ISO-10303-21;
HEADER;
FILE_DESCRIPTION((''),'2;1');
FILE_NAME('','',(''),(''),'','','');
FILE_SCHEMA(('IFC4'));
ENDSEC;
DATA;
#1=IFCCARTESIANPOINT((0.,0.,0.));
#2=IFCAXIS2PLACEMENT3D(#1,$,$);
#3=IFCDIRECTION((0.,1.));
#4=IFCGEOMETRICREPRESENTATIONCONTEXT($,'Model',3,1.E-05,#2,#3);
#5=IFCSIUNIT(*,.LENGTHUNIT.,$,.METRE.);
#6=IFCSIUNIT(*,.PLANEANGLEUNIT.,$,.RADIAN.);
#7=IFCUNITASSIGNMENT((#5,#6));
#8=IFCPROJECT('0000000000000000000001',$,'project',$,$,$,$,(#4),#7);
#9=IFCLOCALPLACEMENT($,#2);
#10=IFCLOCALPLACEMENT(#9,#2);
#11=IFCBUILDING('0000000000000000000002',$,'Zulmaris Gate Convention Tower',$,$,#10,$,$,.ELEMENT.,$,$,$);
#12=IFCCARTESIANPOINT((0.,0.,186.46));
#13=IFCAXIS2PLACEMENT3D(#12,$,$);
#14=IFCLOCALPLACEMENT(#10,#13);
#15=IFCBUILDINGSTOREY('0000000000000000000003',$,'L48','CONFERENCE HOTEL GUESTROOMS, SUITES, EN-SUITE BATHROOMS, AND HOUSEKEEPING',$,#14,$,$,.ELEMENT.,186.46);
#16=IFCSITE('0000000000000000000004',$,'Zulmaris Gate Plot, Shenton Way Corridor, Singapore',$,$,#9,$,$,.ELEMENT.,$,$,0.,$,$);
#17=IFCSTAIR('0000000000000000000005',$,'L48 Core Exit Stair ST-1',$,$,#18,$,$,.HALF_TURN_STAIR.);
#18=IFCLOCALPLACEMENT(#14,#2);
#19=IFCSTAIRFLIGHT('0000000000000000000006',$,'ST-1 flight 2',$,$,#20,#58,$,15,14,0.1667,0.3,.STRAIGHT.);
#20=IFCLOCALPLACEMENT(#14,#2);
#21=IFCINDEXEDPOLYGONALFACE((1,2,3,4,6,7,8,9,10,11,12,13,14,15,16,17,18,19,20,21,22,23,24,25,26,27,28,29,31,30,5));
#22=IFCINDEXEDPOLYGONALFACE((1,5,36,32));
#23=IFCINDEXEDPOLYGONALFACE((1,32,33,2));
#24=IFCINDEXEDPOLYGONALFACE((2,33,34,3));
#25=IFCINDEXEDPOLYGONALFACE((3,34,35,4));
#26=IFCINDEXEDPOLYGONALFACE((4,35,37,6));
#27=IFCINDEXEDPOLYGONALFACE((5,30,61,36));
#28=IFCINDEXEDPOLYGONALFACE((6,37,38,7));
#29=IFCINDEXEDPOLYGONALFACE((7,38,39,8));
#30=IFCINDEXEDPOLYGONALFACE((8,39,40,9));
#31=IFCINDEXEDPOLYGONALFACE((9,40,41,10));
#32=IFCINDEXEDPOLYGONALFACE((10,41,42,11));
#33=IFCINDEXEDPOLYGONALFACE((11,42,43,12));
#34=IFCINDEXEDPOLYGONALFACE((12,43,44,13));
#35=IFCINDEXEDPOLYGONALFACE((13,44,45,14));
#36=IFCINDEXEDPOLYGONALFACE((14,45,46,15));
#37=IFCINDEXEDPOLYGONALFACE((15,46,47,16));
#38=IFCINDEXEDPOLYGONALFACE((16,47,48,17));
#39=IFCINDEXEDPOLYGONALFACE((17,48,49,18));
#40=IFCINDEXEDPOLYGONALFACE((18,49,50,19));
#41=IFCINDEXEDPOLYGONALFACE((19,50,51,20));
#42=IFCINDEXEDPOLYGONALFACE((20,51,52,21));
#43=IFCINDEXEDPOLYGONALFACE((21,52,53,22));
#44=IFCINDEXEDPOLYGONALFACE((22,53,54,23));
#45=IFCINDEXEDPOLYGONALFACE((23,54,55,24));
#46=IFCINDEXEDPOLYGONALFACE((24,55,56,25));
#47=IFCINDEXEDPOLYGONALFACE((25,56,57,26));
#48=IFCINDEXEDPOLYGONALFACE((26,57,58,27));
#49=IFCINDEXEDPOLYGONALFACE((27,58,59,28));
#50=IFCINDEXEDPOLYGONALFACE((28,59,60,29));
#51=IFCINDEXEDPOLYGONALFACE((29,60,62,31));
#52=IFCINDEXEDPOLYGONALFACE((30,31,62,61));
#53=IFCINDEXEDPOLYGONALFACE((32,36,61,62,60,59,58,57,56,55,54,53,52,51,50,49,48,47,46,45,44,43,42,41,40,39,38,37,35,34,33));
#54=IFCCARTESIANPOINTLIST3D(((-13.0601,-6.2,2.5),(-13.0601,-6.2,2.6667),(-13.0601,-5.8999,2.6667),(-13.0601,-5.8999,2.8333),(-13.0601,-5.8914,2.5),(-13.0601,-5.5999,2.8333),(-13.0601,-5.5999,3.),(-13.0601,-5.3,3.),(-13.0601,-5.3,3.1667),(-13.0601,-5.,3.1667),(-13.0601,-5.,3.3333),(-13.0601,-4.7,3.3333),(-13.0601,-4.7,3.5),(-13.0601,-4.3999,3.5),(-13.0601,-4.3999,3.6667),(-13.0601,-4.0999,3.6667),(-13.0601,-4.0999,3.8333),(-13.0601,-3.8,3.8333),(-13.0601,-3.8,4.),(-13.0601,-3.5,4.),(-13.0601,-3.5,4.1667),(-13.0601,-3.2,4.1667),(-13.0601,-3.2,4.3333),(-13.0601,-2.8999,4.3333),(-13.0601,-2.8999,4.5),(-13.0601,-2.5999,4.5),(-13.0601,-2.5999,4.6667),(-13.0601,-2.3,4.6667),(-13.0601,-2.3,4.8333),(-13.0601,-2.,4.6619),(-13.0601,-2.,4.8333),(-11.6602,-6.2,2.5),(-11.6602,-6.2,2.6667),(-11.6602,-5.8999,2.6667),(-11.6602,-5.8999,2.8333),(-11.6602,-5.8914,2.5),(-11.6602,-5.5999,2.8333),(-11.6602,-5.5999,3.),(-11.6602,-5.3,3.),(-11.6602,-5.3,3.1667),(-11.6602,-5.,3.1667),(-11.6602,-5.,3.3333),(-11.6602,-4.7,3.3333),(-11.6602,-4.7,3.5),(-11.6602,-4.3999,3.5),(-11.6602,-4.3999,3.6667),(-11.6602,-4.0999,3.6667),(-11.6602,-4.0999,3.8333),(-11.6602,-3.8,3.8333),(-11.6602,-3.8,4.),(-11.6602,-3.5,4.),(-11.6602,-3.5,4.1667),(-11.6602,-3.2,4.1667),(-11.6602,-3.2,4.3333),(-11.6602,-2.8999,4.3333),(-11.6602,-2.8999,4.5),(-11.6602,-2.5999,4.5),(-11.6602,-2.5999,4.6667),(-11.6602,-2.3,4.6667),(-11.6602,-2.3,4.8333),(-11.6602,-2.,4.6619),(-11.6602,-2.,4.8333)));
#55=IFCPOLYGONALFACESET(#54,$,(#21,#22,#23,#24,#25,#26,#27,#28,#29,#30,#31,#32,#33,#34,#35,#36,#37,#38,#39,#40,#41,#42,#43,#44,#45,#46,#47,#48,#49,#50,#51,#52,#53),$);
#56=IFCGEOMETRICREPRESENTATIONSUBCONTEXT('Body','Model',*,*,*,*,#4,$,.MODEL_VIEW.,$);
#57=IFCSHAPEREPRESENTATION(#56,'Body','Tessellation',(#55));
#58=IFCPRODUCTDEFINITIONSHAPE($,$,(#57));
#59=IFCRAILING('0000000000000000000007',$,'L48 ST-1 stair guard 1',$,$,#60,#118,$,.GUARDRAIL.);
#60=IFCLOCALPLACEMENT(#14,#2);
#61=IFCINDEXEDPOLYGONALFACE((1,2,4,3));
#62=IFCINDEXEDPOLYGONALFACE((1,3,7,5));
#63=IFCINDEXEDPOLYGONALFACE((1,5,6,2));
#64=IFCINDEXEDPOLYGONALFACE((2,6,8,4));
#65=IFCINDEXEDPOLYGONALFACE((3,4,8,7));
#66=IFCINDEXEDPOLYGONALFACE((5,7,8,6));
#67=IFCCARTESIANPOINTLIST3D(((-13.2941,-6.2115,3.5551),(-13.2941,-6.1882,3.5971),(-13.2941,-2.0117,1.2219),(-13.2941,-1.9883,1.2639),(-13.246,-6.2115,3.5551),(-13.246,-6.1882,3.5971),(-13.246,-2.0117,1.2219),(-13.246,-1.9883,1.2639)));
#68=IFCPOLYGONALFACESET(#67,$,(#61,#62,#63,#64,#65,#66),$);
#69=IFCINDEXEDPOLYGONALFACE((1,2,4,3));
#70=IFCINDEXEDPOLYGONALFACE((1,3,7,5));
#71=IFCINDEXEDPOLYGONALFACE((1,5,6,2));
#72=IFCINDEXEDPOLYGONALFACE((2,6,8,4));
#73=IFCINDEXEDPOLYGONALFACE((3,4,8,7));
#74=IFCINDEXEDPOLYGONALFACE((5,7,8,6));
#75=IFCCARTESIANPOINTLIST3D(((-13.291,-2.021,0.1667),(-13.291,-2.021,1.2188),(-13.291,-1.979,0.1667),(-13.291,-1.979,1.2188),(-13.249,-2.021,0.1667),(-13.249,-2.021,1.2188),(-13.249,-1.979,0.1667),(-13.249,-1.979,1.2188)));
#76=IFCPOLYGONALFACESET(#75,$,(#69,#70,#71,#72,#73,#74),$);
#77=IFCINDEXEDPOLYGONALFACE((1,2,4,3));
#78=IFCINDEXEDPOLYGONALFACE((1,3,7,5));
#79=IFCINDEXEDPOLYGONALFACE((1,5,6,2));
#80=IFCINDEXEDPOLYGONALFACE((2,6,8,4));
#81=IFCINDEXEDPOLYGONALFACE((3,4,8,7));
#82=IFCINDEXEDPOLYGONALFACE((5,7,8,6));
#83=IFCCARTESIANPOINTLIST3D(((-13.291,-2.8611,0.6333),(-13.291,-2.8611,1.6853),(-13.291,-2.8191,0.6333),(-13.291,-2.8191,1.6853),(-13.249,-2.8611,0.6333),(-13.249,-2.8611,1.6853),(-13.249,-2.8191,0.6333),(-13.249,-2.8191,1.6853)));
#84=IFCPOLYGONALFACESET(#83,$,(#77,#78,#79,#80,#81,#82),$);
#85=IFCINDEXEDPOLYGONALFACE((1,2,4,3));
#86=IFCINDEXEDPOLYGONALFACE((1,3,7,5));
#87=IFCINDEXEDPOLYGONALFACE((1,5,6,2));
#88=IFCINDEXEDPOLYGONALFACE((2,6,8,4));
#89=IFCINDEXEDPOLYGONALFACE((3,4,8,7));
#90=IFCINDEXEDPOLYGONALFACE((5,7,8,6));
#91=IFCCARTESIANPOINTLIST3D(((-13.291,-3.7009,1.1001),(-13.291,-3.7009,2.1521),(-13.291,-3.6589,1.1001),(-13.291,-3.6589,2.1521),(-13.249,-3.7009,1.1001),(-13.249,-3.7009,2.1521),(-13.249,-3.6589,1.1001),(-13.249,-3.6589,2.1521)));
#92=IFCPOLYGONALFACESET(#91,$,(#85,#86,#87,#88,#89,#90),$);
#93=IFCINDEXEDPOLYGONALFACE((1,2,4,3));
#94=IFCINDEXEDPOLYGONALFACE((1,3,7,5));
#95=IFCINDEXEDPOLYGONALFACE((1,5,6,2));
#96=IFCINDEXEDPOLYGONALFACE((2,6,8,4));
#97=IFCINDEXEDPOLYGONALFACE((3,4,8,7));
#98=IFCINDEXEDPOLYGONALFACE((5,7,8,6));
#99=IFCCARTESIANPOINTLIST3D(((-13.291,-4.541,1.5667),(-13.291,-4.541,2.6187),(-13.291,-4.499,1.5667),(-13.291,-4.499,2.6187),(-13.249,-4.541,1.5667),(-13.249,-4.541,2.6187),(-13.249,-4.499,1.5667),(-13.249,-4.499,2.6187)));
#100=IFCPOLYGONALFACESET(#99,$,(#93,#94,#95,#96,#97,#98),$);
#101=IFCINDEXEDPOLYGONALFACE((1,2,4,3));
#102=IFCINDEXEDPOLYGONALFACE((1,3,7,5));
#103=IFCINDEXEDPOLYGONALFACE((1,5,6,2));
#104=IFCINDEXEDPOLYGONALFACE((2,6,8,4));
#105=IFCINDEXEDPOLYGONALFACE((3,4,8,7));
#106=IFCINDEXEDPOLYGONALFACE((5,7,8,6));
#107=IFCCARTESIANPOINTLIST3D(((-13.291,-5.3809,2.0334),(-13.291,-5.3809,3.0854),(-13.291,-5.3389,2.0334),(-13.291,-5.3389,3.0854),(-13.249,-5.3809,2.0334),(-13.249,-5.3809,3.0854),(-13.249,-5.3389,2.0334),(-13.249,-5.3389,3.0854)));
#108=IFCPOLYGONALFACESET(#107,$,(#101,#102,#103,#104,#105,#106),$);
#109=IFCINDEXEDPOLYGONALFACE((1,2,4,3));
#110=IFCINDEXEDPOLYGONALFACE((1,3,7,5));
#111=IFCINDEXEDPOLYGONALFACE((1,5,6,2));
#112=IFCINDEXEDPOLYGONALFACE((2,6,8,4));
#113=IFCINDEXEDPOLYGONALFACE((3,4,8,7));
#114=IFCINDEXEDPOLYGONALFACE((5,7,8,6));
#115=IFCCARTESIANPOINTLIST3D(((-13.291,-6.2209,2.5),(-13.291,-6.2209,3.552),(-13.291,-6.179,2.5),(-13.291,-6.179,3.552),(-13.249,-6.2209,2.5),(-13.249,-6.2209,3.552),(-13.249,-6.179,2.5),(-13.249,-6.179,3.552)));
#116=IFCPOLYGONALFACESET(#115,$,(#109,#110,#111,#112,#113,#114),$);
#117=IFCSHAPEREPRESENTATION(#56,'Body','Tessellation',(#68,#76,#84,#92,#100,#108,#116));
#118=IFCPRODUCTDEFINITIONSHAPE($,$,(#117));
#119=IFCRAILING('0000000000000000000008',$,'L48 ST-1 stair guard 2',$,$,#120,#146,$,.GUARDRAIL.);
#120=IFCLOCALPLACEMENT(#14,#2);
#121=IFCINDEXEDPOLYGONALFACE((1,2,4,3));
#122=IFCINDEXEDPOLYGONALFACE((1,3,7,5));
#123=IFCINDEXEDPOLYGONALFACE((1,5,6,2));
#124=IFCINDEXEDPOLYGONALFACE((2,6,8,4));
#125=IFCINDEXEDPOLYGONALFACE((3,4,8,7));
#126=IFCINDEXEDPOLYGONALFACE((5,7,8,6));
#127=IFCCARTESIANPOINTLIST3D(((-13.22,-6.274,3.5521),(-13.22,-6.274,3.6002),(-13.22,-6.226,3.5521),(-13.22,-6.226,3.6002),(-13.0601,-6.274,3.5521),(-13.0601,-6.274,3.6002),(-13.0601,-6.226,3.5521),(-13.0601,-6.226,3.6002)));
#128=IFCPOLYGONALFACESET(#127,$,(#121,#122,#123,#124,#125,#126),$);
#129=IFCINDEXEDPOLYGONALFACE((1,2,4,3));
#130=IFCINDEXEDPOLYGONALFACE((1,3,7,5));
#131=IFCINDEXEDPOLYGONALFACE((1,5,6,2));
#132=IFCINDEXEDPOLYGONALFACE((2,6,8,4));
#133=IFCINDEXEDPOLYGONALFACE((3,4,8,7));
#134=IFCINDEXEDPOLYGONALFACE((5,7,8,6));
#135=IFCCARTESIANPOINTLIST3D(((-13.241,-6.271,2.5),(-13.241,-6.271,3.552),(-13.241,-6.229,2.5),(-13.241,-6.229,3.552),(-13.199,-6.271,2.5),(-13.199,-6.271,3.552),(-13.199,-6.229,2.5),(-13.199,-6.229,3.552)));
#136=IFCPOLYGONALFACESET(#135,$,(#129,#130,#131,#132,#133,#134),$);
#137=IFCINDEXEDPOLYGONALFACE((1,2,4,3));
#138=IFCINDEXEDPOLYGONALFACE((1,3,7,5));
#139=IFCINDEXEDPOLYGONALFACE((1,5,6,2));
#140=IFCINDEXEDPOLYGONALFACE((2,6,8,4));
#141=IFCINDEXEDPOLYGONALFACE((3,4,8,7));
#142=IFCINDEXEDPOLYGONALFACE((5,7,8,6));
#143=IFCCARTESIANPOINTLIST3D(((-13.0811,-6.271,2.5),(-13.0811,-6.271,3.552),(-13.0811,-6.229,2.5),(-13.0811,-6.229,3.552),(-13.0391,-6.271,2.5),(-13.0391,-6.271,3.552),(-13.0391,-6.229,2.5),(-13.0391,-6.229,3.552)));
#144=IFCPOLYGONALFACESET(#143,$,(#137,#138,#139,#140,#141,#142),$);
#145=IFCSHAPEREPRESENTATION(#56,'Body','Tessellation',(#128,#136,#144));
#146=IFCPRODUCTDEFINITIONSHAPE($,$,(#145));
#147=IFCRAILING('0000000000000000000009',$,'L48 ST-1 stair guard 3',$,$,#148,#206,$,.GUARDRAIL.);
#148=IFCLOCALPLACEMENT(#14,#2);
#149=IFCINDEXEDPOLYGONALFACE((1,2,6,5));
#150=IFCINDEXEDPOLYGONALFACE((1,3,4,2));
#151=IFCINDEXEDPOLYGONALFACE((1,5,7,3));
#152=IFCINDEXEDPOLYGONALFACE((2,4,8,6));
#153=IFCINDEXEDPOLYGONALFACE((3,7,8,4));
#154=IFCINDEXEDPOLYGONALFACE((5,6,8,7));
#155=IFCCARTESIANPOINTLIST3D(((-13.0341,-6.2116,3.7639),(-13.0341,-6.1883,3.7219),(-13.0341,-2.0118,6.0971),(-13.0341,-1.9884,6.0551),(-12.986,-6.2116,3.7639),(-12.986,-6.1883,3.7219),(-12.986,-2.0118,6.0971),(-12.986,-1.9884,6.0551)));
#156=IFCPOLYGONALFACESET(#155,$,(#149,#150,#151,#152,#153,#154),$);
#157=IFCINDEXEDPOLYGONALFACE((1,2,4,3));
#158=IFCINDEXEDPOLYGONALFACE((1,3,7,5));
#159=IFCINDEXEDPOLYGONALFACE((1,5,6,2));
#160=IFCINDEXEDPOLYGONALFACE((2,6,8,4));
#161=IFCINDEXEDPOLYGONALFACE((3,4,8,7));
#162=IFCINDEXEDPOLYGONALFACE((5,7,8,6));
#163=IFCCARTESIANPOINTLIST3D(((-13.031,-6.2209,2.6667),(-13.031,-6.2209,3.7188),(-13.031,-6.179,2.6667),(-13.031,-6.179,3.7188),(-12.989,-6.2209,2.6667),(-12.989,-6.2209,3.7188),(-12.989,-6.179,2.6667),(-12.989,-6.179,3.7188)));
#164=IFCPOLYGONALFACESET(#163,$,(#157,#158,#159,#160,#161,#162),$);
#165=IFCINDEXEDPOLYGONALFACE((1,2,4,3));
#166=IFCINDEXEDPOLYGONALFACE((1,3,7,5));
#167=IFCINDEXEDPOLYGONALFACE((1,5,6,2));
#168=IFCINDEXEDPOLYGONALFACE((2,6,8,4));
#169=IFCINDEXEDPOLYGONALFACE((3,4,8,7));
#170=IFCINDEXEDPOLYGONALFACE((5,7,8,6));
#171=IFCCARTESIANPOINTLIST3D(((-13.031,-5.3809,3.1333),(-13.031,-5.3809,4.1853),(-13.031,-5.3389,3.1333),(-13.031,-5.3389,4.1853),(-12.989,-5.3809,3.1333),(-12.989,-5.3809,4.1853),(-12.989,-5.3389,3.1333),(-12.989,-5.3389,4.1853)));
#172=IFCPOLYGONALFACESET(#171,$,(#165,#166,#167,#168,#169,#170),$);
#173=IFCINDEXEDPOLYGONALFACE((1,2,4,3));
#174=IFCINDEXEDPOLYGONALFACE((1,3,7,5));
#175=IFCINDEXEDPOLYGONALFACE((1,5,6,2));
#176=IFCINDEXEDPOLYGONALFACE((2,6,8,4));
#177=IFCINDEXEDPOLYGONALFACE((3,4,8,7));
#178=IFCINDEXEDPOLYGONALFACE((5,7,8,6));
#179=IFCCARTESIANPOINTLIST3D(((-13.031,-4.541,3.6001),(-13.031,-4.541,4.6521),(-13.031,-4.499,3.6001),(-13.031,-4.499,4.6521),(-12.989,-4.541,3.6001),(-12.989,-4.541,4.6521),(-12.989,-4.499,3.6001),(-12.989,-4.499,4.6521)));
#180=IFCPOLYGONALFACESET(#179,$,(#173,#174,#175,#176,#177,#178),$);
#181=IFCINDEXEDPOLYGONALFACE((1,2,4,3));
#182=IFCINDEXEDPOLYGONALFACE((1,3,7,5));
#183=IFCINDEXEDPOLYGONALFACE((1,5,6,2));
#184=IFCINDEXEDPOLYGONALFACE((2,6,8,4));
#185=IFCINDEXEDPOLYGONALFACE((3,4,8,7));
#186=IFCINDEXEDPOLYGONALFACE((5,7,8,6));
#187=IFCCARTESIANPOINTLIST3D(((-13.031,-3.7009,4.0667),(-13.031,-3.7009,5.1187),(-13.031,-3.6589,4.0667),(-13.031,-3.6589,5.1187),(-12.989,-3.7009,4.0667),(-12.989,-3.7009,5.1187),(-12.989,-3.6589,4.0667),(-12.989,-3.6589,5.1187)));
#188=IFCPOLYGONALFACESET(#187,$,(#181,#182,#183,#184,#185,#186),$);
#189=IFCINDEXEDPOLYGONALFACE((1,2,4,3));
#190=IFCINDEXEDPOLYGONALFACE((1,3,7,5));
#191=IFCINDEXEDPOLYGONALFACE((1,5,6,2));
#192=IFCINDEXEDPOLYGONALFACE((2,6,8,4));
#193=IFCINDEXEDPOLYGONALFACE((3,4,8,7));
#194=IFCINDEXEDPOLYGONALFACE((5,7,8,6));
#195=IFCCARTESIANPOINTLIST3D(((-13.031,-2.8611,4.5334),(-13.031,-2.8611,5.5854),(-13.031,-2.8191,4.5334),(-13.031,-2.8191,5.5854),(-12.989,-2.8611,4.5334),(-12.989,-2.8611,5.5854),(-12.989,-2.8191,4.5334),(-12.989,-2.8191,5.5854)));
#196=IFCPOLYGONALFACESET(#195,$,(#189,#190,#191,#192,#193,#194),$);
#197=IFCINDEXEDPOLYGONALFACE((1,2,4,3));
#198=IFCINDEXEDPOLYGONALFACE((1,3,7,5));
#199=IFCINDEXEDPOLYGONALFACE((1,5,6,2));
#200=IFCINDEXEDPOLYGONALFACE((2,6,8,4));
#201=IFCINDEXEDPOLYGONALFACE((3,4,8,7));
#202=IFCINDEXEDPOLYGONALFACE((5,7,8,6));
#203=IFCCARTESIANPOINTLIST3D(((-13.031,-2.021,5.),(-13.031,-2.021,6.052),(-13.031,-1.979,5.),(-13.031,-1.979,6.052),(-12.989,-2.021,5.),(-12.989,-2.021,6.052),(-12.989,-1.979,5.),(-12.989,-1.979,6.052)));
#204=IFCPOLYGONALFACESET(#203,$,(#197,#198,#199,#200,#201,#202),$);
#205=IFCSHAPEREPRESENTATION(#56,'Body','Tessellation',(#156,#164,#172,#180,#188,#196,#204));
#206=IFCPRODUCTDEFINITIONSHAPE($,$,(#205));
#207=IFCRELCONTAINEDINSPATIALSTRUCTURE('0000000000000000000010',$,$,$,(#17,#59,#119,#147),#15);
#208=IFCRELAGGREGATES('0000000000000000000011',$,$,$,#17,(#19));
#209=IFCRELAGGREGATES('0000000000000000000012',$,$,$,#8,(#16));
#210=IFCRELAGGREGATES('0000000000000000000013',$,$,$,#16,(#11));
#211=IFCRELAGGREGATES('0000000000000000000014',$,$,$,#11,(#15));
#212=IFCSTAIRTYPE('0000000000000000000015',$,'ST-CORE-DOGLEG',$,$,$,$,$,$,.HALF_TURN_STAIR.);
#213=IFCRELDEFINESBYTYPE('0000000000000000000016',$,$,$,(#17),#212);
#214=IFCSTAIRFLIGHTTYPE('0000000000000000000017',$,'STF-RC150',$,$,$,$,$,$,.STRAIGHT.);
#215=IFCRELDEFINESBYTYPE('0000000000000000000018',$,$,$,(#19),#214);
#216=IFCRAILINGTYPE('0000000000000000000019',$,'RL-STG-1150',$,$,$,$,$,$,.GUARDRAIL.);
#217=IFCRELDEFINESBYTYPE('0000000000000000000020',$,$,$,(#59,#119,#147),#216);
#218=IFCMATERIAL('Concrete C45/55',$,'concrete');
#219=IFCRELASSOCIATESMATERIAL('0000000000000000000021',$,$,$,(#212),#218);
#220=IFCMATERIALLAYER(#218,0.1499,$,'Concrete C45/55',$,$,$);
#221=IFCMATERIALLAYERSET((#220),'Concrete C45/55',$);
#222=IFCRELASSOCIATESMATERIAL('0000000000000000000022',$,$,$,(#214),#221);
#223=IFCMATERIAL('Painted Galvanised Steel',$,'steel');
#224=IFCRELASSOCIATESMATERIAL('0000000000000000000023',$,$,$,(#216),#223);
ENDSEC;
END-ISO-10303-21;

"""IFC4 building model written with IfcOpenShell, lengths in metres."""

from ifc_helpers import new_model, si_unit, direction, frame, origin, origin_2d, place, context, subcontext, project, spatial, polyline, rectangle, outline, extrude, material, layer, layer_set, type_object, element, aggregate, save


model = new_model("IFC4")

# Units and contexts
model_context = context("Model", 3, precision=1e-05, world=origin(), true_north=direction((0.0, 1.0)))
body_context = subcontext(model_context, "Body", "Model", "MODEL_VIEW")
ifc_project = project(units=[si_unit("LENGTHUNIT", "METRE"), si_unit("PLANEANGLEUNIT", "RADIAN")], contexts=[model_context])

# Site, building, storey
site_placement = place(None, origin())
site = spatial("IfcSite", under=ifc_project, at=site_placement, Name="Zulmaris Gate Plot, Shenton Way Corridor, Singapore", CompositionType="ELEMENT", RefElevation=0.0)
building_placement = place(site_placement, origin())
building = spatial("IfcBuilding", under=site, at=building_placement, Name="Zulmaris Gate Convention Tower", CompositionType="ELEMENT")
storey_placement = place(building_placement, frame((0.0, 0.0, 186.46)))
storey = spatial("IfcBuildingStorey", under=building, at=storey_placement, Name="L48", Description="CONFERENCE HOTEL GUESTROOMS, SUITES, EN-SUITE BATHROOMS, AND HOUSEKEEPING", CompositionType="ELEMENT", Elevation=186.46)

# Stair, stair flight
ifc_material_1 = material(Name="Concrete C45/55", Category="concrete")
stair_type = type_object("IfcStairType", Name="ST-CORE-DOGLEG", PredefinedType="HALF_TURN_STAIR", material=ifc_material_1)
stair_placement = place(storey_placement, origin())
stair = element("IfcStair", 1, at=stair_placement, inside=storey, type_object=stair_type, Name="L48 Core Exit Stair ST-1", PredefinedType="HALF_TURN_STAIR")
ifc_layer_1 = layer(ifc_material_1, 0.1499, Name="Concrete C45/55")
ifc_layer_set_1 = layer_set([ifc_layer_1], Name="Concrete C45/55")
stair_flight_type = type_object("IfcStairFlightType", Name="STF-RC150", PredefinedType="STRAIGHT", material=ifc_layer_set_1)
stair_flight_1_placement = place(storey_placement, frame((-12.3601, -6.2, 2.5), z_axis=(0.0, 0.0, 1.0), x_axis=(0.0, 1.0, 0.0)))
stair_flight_1 = element("IfcStairFlight", 2, at=stair_flight_1_placement, type_object=stair_flight_type, Name="ST-1 flight 2", NumberOfRisers=15, NumberOfTreads=14, PredefinedType="STRAIGHT", RiserHeight=0.1667, TreadLength=0.3, context=body_context, shape_type="SweptSolid", body=[
    extrude(outline(polyline([(0.0, 0.0), (0.0, 0.1667), (0.3, 0.1667), (0.3, 0.3333), (0.6001, 0.3333), (0.6001, 0.5), (0.8999, 0.5), (0.8999, 0.6667), (1.2, 0.6667), (1.2, 0.8333), (1.5, 0.8333), (1.5, 1.0), (1.8, 1.0), (1.8, 1.1667), (2.1001, 1.1667), (2.1001, 1.3333), (2.3999, 1.3333), (2.3999, 1.5), (2.7, 1.5), (2.7, 1.6667), (3.0, 1.6667), (3.0, 1.8333), (3.3, 1.8333), (3.3, 2.0), (3.6001, 2.0), (3.6001, 2.1667), (3.8999, 2.1667), (3.8999, 2.3333), (4.2, 2.3333), (4.2, 2.5), (4.2, 2.1619), (0.3086, 0.0), (0.0, 0.0)])), frame((0.0, 0.7, 0.0), z_axis=(0.0, -1.0, 0.0), x_axis=(1.0, 0.0, 0.0)), (0.0, 0.0, 1.0), 1.3999),
])
aggregate(stair, [stair_flight_1])

# Railings
ifc_material_2 = material(Name="Painted Galvanised Steel", Category="steel")
railing_type_1 = type_object("IfcRailingType", Name="RL-STG-1150", PredefinedType="GUARDRAIL", material=ifc_material_2)
railing_1_placement = place(storey_placement, frame((-13.27, -2.0, 0.1667)))
element("IfcRailing", 3, at=railing_1_placement, inside=storey, type_object=railing_type_1, Name="L48 ST-1 stair guard 1", PredefinedType="GUARDRAIL", context=body_context, shape_type="SweptSolid", body=[
    extrude(rectangle(XDim=0.0481, YDim=0.0481, at=origin_2d()), frame((0.0, 0.0, 1.0762), z_axis=(0.0, -0.874162, 0.485634), x_axis=(1.0, 0.0, 0.0)), (0.0, 0.0, 1.0), 4.8044),
    extrude(rectangle(XDim=0.042, YDim=0.042, at=origin_2d()), origin(), (0.0, 0.0, 1.0), 1.052),
    extrude(rectangle(XDim=0.042, YDim=0.042, at=origin_2d()), frame((0.0, -0.8401, 0.4666)), (0.0, 0.0, 1.0), 1.052),
    extrude(rectangle(XDim=0.042, YDim=0.042, at=origin_2d()), frame((0.0, -1.6799, 0.9333)), (0.0, 0.0, 1.0), 1.052),
    extrude(rectangle(XDim=0.042, YDim=0.042, at=origin_2d()), frame((0.0, -2.52, 1.3999)), (0.0, 0.0, 1.0), 1.052),
    extrude(rectangle(XDim=0.042, YDim=0.042, at=origin_2d()), frame((0.0, -3.3599, 1.8667)), (0.0, 0.0, 1.0), 1.052),
    extrude(rectangle(XDim=0.042, YDim=0.042, at=origin_2d()), frame((0.0, -4.2, 2.3333)), (0.0, 0.0, 1.0), 1.052),
])
railing_2_placement = place(storey_placement, frame((-13.22, -6.25, 2.5)))
element("IfcRailing", 4, at=railing_2_placement, inside=storey, type_object=railing_type_1, Name="L48 ST-1 stair guard 2", PredefinedType="GUARDRAIL", context=body_context, shape_type="SweptSolid", body=[
    extrude(rectangle(XDim=0.0481, YDim=0.0481, at=origin_2d()), frame((0.0, 0.0, 1.0762), z_axis=(1.0, 0.0, 0.0), x_axis=(0.0, 1.0, 0.0)), (0.0, 0.0, 1.0), 0.1599),
    extrude(rectangle(XDim=0.042, YDim=0.042, at=origin_2d()), origin(), (0.0, 0.0, 1.0), 1.052),
    extrude(rectangle(XDim=0.042, YDim=0.042, at=origin_2d()), frame((0.1599, 0.0, 0.0)), (0.0, 0.0, 1.0), 1.052),
])
railing_3_placement = place(storey_placement, frame((-13.01, -6.2, 2.6667)))
element("IfcRailing", 5, at=railing_3_placement, inside=storey, type_object=railing_type_1, Name="L48 ST-1 stair guard 3", PredefinedType="GUARDRAIL", context=body_context, shape_type="SweptSolid", body=[
    extrude(rectangle(XDim=0.0481, YDim=0.0481, at=origin_2d()), frame((0.0, 0.0, 1.0762), z_axis=(0.0, 0.874162, 0.485634), x_axis=(-1.0, 0.0, 0.0)), (0.0, 0.0, 1.0), 4.8044),
    extrude(rectangle(XDim=0.042, YDim=0.042, at=origin_2d()), origin(), (0.0, 0.0, 1.0), 1.052),
    extrude(rectangle(XDim=0.042, YDim=0.042, at=origin_2d()), frame((0.0, 0.8401, 0.4666)), (0.0, 0.0, 1.0), 1.052),
    extrude(rectangle(XDim=0.042, YDim=0.042, at=origin_2d()), frame((0.0, 1.6799, 0.9333)), (0.0, 0.0, 1.0), 1.052),
    extrude(rectangle(XDim=0.042, YDim=0.042, at=origin_2d()), frame((0.0, 2.52, 1.3999)), (0.0, 0.0, 1.0), 1.052),
    extrude(rectangle(XDim=0.042, YDim=0.042, at=origin_2d()), frame((0.0, 3.3599, 1.8667)), (0.0, 0.0, 1.0), 1.052),
    extrude(rectangle(XDim=0.042, YDim=0.042, at=origin_2d()), frame((0.0, 4.2, 2.3333)), (0.0, 0.0, 1.0), 1.052),
])

save(model, "model.ifc")
